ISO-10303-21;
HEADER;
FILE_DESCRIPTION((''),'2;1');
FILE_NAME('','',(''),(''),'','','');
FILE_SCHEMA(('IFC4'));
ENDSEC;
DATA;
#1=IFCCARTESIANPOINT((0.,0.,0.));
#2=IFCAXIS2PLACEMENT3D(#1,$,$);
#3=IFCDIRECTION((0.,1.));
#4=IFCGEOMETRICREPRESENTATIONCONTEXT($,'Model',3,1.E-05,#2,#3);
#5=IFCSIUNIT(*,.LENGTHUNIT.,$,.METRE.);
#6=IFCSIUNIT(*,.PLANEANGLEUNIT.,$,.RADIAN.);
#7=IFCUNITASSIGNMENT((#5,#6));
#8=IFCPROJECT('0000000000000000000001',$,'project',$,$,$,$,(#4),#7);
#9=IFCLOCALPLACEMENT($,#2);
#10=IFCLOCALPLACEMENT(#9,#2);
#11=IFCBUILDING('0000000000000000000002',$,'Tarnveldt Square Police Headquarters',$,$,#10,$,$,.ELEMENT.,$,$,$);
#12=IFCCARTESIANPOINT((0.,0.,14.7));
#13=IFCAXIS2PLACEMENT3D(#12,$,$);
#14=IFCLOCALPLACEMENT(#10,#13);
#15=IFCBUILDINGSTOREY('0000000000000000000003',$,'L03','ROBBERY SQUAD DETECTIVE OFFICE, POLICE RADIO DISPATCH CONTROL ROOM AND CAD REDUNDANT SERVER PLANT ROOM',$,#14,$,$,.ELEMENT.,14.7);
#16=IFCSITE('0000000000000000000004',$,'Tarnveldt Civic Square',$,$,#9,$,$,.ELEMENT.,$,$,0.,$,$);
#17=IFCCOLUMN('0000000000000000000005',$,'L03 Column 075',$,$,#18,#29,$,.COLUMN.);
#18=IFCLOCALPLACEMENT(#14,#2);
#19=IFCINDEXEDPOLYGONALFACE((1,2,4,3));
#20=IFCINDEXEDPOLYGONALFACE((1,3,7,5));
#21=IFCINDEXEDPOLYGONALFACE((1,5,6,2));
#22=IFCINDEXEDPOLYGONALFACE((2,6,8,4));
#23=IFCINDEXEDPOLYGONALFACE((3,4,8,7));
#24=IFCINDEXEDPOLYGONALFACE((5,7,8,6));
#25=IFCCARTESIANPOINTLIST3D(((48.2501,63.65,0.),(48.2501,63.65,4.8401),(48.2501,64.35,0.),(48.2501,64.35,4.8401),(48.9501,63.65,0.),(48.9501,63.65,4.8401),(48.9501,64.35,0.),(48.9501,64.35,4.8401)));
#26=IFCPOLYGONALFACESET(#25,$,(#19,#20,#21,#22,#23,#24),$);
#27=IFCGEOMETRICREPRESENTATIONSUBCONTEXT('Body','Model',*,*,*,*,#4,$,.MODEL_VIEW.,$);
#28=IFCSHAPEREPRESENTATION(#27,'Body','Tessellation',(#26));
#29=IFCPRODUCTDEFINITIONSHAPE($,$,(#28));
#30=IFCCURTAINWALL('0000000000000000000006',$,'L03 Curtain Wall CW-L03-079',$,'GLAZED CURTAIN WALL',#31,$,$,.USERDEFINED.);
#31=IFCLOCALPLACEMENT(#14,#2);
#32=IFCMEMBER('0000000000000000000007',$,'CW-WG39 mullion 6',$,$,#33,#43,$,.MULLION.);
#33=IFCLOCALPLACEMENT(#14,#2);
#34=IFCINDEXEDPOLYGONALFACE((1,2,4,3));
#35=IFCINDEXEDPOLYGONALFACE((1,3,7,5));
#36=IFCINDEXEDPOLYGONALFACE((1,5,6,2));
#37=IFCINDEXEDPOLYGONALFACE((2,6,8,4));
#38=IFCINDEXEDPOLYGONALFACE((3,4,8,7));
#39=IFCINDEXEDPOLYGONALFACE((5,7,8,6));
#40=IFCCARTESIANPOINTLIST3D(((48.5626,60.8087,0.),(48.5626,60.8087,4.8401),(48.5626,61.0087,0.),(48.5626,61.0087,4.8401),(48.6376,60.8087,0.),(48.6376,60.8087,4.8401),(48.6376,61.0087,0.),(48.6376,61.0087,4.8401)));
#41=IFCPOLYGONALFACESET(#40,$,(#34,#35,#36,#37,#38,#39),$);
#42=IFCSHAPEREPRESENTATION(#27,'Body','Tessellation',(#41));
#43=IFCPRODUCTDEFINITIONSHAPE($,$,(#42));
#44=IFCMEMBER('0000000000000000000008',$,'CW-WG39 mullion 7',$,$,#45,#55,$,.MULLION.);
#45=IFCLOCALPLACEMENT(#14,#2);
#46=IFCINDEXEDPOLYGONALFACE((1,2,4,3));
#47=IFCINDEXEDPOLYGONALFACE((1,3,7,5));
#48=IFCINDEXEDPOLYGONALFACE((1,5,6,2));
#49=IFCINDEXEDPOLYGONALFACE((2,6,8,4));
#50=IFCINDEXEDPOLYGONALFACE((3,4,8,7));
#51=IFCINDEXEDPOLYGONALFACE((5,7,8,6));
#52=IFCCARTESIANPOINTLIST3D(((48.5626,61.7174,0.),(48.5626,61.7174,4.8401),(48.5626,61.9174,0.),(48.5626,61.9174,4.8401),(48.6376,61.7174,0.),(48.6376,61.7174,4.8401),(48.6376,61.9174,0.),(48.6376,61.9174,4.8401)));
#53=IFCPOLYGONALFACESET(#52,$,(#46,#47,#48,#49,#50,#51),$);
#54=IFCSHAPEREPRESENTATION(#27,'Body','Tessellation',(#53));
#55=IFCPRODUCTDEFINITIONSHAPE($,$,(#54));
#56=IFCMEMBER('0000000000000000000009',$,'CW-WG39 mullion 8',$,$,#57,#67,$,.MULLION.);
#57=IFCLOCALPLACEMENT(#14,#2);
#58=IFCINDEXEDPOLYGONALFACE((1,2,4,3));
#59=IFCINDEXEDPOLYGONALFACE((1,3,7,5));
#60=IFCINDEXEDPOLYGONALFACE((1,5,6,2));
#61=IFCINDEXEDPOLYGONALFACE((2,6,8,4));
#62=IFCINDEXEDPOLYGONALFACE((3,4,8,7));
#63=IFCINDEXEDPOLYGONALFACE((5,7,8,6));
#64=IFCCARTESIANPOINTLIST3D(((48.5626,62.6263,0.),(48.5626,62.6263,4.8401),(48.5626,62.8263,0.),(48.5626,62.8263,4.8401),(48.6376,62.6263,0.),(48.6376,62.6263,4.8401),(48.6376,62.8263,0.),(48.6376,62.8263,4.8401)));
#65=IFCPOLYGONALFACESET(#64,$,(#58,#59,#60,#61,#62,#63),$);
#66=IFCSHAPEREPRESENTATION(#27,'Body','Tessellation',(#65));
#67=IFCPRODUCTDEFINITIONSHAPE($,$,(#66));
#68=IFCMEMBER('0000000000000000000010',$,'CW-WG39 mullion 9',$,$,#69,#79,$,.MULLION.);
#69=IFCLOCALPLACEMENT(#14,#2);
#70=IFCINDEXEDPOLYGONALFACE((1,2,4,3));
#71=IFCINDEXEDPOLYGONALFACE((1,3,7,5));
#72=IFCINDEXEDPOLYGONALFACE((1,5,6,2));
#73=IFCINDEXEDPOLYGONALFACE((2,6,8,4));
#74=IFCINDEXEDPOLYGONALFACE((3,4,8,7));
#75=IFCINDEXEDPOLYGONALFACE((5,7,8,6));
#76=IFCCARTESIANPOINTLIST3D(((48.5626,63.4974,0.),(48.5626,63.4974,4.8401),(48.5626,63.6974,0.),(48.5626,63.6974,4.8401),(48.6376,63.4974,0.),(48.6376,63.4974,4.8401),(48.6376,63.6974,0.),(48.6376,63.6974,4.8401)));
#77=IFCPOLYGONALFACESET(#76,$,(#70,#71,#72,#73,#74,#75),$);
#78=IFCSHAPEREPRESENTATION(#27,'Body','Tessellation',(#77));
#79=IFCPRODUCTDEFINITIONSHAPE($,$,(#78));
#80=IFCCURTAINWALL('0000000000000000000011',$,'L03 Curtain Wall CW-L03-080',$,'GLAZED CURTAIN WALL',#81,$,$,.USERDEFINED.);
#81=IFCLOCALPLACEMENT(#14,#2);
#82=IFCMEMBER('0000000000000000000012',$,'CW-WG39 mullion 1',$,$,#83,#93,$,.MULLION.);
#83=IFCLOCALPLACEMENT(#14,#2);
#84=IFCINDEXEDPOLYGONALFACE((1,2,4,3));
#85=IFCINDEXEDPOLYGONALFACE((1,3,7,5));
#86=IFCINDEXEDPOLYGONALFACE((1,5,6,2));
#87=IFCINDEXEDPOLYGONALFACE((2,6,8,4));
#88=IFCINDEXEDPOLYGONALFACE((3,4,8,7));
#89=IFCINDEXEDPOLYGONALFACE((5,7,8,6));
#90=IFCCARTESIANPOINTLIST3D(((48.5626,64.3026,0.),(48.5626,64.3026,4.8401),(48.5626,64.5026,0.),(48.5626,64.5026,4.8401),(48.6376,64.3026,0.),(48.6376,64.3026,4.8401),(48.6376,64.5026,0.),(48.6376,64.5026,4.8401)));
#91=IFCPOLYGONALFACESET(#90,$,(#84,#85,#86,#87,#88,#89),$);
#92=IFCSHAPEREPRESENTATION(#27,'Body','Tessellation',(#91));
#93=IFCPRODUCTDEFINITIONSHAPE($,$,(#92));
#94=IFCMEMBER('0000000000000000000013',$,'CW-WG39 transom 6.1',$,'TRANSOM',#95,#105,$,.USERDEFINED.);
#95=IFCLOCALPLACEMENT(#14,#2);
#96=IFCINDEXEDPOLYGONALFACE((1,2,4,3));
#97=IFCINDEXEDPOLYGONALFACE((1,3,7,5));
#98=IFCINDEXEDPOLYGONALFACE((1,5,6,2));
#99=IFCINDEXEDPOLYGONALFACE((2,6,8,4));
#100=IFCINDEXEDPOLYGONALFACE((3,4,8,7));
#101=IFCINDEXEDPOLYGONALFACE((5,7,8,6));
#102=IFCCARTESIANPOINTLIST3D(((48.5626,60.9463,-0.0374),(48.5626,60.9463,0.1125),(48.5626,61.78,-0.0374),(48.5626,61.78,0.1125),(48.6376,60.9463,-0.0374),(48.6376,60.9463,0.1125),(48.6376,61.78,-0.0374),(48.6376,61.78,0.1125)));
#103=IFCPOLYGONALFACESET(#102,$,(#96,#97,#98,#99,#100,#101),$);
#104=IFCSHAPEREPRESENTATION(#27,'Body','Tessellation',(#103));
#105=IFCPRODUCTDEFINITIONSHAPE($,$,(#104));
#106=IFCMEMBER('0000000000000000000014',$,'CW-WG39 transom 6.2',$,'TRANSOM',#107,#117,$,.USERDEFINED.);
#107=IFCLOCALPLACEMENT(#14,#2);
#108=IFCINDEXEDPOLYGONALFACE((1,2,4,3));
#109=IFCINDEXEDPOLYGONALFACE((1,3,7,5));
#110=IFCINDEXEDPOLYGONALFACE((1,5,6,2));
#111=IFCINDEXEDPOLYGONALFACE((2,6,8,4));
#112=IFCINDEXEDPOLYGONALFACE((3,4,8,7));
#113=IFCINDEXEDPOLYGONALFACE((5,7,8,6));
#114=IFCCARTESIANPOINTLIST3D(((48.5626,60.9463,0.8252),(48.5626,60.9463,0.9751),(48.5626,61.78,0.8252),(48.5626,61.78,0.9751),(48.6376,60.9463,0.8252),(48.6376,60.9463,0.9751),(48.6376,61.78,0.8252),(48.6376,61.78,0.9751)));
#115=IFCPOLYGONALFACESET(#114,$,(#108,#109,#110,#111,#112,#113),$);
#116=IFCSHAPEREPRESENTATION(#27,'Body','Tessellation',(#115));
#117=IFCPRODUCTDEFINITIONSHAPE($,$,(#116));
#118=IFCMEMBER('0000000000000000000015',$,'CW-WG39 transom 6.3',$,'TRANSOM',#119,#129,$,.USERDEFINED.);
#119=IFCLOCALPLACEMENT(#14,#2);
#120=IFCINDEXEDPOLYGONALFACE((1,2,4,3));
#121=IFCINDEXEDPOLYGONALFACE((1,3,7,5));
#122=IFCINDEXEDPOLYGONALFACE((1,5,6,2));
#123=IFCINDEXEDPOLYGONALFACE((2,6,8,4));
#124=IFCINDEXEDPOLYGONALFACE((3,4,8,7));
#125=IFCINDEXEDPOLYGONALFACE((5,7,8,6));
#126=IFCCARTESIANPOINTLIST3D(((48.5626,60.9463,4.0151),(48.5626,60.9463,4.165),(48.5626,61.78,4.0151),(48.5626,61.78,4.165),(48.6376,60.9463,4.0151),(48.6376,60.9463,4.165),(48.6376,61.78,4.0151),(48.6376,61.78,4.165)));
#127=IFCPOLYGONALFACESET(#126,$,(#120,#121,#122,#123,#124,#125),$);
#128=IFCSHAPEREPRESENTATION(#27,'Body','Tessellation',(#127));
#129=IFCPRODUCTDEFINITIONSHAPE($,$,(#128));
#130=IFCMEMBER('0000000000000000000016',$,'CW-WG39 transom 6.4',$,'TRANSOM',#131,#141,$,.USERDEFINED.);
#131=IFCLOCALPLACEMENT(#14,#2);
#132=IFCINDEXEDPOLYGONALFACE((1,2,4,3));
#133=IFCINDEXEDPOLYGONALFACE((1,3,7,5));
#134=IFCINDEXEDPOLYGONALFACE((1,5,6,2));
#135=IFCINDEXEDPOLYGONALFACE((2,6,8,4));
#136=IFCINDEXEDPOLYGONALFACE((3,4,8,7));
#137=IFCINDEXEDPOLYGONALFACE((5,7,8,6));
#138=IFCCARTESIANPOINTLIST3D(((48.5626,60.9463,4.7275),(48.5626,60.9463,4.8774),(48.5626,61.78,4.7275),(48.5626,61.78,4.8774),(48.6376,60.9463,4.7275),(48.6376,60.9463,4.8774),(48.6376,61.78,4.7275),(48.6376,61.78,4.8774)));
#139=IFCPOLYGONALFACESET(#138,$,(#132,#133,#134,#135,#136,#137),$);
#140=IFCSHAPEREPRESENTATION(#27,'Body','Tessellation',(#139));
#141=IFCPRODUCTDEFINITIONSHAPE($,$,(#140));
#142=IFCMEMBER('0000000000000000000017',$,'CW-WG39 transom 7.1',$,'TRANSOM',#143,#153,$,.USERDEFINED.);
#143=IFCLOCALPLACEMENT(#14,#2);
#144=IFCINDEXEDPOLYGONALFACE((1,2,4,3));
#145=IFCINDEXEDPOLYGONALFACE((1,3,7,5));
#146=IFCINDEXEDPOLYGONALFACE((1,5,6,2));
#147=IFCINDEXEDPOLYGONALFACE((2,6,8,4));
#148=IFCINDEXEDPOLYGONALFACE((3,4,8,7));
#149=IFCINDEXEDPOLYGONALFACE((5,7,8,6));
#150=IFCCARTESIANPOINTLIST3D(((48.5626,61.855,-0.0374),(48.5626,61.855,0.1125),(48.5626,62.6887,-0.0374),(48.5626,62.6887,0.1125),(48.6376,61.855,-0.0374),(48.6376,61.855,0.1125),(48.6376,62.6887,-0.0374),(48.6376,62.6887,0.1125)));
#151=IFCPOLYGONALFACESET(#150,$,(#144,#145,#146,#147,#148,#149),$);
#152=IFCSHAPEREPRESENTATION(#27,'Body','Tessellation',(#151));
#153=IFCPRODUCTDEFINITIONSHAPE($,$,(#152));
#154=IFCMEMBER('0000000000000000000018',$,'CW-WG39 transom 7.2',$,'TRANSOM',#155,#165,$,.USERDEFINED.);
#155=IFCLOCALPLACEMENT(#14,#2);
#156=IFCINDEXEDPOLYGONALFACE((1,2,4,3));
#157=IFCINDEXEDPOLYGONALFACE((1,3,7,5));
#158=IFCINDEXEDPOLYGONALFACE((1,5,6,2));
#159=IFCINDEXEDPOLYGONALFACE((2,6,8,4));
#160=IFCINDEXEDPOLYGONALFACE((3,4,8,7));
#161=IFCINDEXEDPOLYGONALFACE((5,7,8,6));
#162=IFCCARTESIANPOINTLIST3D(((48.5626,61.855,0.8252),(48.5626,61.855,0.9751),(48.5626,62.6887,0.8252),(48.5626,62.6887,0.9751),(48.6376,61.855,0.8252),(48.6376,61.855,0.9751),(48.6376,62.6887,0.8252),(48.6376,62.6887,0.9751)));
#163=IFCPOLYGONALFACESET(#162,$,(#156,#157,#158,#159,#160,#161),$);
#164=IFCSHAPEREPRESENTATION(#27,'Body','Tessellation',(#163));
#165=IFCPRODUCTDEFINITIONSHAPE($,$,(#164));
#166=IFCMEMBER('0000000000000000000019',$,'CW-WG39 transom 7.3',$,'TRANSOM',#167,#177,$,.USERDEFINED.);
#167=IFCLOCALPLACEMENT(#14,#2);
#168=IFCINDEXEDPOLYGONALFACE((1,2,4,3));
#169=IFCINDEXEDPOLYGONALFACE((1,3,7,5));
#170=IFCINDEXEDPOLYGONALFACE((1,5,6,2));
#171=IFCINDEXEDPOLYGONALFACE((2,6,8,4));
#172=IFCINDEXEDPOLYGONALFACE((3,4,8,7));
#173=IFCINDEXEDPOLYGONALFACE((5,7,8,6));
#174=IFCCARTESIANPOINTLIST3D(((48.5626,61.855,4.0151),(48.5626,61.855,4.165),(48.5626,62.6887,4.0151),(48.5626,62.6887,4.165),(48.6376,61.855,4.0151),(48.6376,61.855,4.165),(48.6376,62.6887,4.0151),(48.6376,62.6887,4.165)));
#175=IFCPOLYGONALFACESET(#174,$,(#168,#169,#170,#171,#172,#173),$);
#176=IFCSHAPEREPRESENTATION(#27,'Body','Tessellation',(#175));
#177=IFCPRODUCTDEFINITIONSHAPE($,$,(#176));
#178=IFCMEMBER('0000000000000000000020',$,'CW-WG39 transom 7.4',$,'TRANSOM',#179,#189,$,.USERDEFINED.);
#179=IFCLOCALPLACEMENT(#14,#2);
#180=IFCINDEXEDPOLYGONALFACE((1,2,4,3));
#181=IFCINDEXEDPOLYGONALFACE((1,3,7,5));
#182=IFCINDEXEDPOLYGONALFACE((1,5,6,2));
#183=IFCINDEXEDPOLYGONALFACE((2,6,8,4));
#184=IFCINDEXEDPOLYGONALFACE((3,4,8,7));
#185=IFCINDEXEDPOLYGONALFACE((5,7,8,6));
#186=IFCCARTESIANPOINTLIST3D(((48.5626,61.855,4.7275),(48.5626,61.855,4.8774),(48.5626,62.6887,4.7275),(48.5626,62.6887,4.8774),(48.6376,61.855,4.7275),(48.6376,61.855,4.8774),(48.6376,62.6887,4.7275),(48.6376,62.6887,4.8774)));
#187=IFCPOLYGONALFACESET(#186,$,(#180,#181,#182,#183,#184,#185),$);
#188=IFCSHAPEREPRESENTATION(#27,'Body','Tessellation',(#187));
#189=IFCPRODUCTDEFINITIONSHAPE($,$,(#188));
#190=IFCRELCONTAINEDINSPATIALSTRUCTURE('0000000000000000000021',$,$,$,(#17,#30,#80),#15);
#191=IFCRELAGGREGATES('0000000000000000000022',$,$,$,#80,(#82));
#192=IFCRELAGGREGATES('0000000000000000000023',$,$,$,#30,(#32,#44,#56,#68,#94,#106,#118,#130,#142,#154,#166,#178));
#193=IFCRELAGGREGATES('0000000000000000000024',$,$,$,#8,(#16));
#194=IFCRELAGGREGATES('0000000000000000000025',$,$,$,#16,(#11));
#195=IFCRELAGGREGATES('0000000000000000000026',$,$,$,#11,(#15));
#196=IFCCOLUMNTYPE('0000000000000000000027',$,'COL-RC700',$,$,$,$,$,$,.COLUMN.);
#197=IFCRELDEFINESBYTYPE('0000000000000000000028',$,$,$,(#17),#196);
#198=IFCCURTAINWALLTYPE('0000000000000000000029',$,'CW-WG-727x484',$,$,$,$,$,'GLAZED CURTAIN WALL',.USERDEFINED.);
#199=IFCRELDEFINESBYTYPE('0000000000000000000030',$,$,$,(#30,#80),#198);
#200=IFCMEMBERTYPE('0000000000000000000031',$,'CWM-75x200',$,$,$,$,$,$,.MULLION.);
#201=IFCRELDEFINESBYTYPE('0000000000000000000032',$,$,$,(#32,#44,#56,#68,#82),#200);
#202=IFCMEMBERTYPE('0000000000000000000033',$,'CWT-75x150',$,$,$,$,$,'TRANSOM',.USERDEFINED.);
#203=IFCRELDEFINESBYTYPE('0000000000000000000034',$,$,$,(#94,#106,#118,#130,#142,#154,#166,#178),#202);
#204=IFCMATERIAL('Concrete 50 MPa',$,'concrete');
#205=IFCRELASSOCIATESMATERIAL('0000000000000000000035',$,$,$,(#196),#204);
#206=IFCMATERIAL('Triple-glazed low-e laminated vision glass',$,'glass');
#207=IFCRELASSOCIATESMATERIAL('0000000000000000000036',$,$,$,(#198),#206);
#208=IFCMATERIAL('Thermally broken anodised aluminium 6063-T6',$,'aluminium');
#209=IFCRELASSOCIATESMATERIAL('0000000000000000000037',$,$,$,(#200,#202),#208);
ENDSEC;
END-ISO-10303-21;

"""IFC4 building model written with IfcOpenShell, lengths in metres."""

from ifc_helpers import new_model, si_unit, direction, frame, origin, origin_2d, place, context, subcontext, project, spatial, rectangle, extrude, material, material_profile, profile_set, type_object, element, aggregate, save


model = new_model("IFC4")

# Units and contexts
model_context = context("Model", 3, precision=1e-05, world=origin(), true_north=direction((0.0, 1.0)))
body_context = subcontext(model_context, "Body", "Model", "MODEL_VIEW")
ifc_project = project(units=[si_unit("LENGTHUNIT", "METRE"), si_unit("PLANEANGLEUNIT", "RADIAN")], contexts=[model_context])

# Site, building, storey
site_placement = place(None, origin())
site = spatial("IfcSite", under=ifc_project, at=site_placement, Name="Tarnveldt Civic Square", CompositionType="ELEMENT", RefElevation=0.0)
building_placement = place(site_placement, origin())
building = spatial("IfcBuilding", under=site, at=building_placement, Name="Tarnveldt Square Police Headquarters", CompositionType="ELEMENT")
storey_placement = place(building_placement, frame((0.0, 0.0, 14.7)))
storey = spatial("IfcBuildingStorey", under=building, at=storey_placement, Name="L03", Description="ROBBERY SQUAD DETECTIVE OFFICE, POLICE RADIO DISPATCH CONTROL ROOM AND CAD REDUNDANT SERVER PLANT ROOM", CompositionType="ELEMENT", Elevation=14.7)

# Column
ifc_material_1 = material(Name="Concrete 50 MPa", Category="concrete")
ifc_material_profile_1 = material_profile(ifc_material_1, rectangle(XDim=0.7, YDim=0.7, at=origin_2d()), Name="RC-C700x700")
ifc_profile_set_1 = profile_set([ifc_material_profile_1], Name="Concrete 50 MPa")
column_type = type_object("IfcColumnType", Name="COL-RC700", PredefinedType="COLUMN", material=ifc_profile_set_1)
column_placement = place(storey_placement, frame((48.6001, 64.0, 0.0), z_axis=(0.0, 0.0, 1.0), x_axis=(1.0, 0.0, 0.0)))
element("IfcColumn", 1, at=column_placement, inside=storey, type_object=column_type, Name="L03 Column 075", PredefinedType="COLUMN", context=body_context, shape_type="SweptSolid", body=[
    extrude(rectangle(XDim=0.7, YDim=0.7, at=origin_2d()), origin(), (0.0, 0.0, 1.0), 4.8401),
])

# Curtain wall, members
ifc_material_2 = material(Name="Triple-glazed low-e laminated vision glass", Category="glass")
curtain_wall_type = type_object("IfcCurtainWallType", Name="CW-WG-727x484", ElementType="GLAZED CURTAIN WALL", PredefinedType="USERDEFINED", material=ifc_material_2)
curtain_wall_1_placement = place(storey_placement, origin())
curtain_wall_1 = element("IfcCurtainWall", 2, at=curtain_wall_1_placement, inside=storey, type_object=curtain_wall_type, Name="L03 Curtain Wall CW-L03-079", ObjectType="GLAZED CURTAIN WALL", PredefinedType="USERDEFINED")
ifc_material_3 = material(Name="Thermally broken anodised aluminium 6063-T6", Category="aluminium")
ifc_material_profile_2 = material_profile(ifc_material_3, rectangle(XDim=0.075, YDim=0.2, at=origin_2d()), Name="CW-M75x200")
ifc_profile_set_2 = profile_set([ifc_material_profile_2], Name="Thermally broken anodised aluminium 6063-T6")
member_type_1 = type_object("IfcMemberType", Name="CWM-75x200", PredefinedType="MULLION", material=ifc_profile_set_2)
member_1_placement = place(storey_placement, frame((48.6001, 60.9087, 0.0), z_axis=(0.0, 0.0, 1.0), x_axis=(-1.0, 0.0, 0.0)))
member_1 = element("IfcMember", 3, at=member_1_placement, type_object=member_type_1, Name="CW-WG39 mullion 6", PredefinedType="MULLION", context=body_context, shape_type="SweptSolid", body=[
    extrude(rectangle(XDim=0.075, YDim=0.2, at=origin_2d()), origin(), (0.0, 0.0, 1.0), 4.8401),
])
member_2_placement = place(storey_placement, frame((48.6001, 61.8174, 0.0), z_axis=(0.0, 0.0, 1.0), x_axis=(-1.0, 0.0, 0.0)))
member_2 = element("IfcMember", 4, at=member_2_placement, type_object=member_type_1, Name="CW-WG39 mullion 7", PredefinedType="MULLION", context=body_context, shape_type="SweptSolid", body=[
    extrude(rectangle(XDim=0.075, YDim=0.2, at=origin_2d()), origin(), (0.0, 0.0, 1.0), 4.8401),
])
member_3_placement = place(storey_placement, frame((48.6001, 62.7263, 0.0), z_axis=(0.0, 0.0, 1.0), x_axis=(-1.0, 0.0, 0.0)))
member_3 = element("IfcMember", 5, at=member_3_placement, type_object=member_type_1, Name="CW-WG39 mullion 8", PredefinedType="MULLION", context=body_context, shape_type="SweptSolid", body=[
    extrude(rectangle(XDim=0.075, YDim=0.2, at=origin_2d()), origin(), (0.0, 0.0, 1.0), 4.8401),
])
member_4_placement = place(storey_placement, frame((48.6001, 63.5974, 0.0), z_axis=(0.0, 0.0, 1.0), x_axis=(-1.0, 0.0, 0.0)))
member_4 = element("IfcMember", 6, at=member_4_placement, type_object=member_type_1, Name="CW-WG39 mullion 9", PredefinedType="MULLION", context=body_context, shape_type="SweptSolid", body=[
    extrude(rectangle(XDim=0.075, YDim=0.2, at=origin_2d()), origin(), (0.0, 0.0, 1.0), 4.8401),
])

# Curtain wall, member
curtain_wall_2_placement = place(storey_placement, origin())
curtain_wall_2 = element("IfcCurtainWall", 7, at=curtain_wall_2_placement, inside=storey, type_object=curtain_wall_type, Name="L03 Curtain Wall CW-L03-080", ObjectType="GLAZED CURTAIN WALL", PredefinedType="USERDEFINED")
member_5_placement = place(storey_placement, frame((48.6001, 64.4026, 0.0), z_axis=(0.0, 0.0, 1.0), x_axis=(-1.0, 0.0, 0.0)))
member_5 = element("IfcMember", 8, at=member_5_placement, type_object=member_type_1, Name="CW-WG39 mullion 1", PredefinedType="MULLION", context=body_context, shape_type="SweptSolid", body=[
    extrude(rectangle(XDim=0.075, YDim=0.2, at=origin_2d()), origin(), (0.0, 0.0, 1.0), 4.8401),
])

# Members
ifc_material_profile_3 = material_profile(ifc_material_3, rectangle(XDim=0.075, YDim=0.1499, at=origin_2d()), Name="CW-T75x150")
ifc_profile_set_3 = profile_set([ifc_material_profile_3], Name="Thermally broken anodised aluminium 6063-T6")
member_type_2 = type_object("IfcMemberType", Name="CWT-75x150", ElementType="TRANSOM", PredefinedType="USERDEFINED", material=ifc_profile_set_3)
member_6_placement = place(storey_placement, frame((48.6001, 60.9463, 0.0376), z_axis=(0.0, 1.0, 0.0), x_axis=(-1.0, 0.0, 0.0)))
member_6 = element("IfcMember", 9, at=member_6_placement, type_object=member_type_2, Name="CW-WG39 transom 6.1", ObjectType="TRANSOM", PredefinedType="USERDEFINED", context=body_context, shape_type="SweptSolid", body=[
    extrude(rectangle(XDim=0.075, YDim=0.1499, at=origin_2d()), origin(), (0.0, 0.0, 1.0), 0.8337),
])
member_7_placement = place(storey_placement, frame((48.6001, 60.9463, 0.9001), z_axis=(0.0, 1.0, 0.0), x_axis=(-1.0, 0.0, 0.0)))
member_7 = element("IfcMember", 10, at=member_7_placement, type_object=member_type_2, Name="CW-WG39 transom 6.2", ObjectType="TRANSOM", PredefinedType="USERDEFINED", context=body_context, shape_type="SweptSolid", body=[
    extrude(rectangle(XDim=0.075, YDim=0.1499, at=origin_2d()), origin(), (0.0, 0.0, 1.0), 0.8337),
])
member_8_placement = place(storey_placement, frame((48.6001, 60.9463, 4.0901), z_axis=(0.0, 1.0, 0.0), x_axis=(-1.0, 0.0, 0.0)))
member_8 = element("IfcMember", 11, at=member_8_placement, type_object=member_type_2, Name="CW-WG39 transom 6.3", ObjectType="TRANSOM", PredefinedType="USERDEFINED", context=body_context, shape_type="SweptSolid", body=[
    extrude(rectangle(XDim=0.075, YDim=0.1499, at=origin_2d()), origin(), (0.0, 0.0, 1.0), 0.8337),
])
member_9_placement = place(storey_placement, frame((48.6001, 60.9463, 4.8025), z_axis=(0.0, 1.0, 0.0), x_axis=(-1.0, 0.0, 0.0)))
member_9 = element("IfcMember", 12, at=member_9_placement, type_object=member_type_2, Name="CW-WG39 transom 6.4", ObjectType="TRANSOM", PredefinedType="USERDEFINED", context=body_context, shape_type="SweptSolid", body=[
    extrude(rectangle(XDim=0.075, YDim=0.1499, at=origin_2d()), origin(), (0.0, 0.0, 1.0), 0.8337),
])
member_10_placement = place(storey_placement, frame((48.6001, 61.855, 0.0376), z_axis=(0.0, 1.0, 0.0), x_axis=(-1.0, 0.0, 0.0)))
member_10 = element("IfcMember", 13, at=member_10_placement, type_object=member_type_2, Name="CW-WG39 transom 7.1", ObjectType="TRANSOM", PredefinedType="USERDEFINED", context=body_context, shape_type="SweptSolid", body=[
    extrude(rectangle(XDim=0.075, YDim=0.1499, at=origin_2d()), origin(), (0.0, 0.0, 1.0), 0.8337),
])
member_11_placement = place(storey_placement, frame((48.6001, 61.855, 0.9001), z_axis=(0.0, 1.0, 0.0), x_axis=(-1.0, 0.0, 0.0)))
member_11 = element("IfcMember", 14, at=member_11_placement, type_object=member_type_2, Name="CW-WG39 transom 7.2", ObjectType="TRANSOM", PredefinedType="USERDEFINED", context=body_context, shape_type="SweptSolid", body=[
    extrude(rectangle(XDim=0.075, YDim=0.1499, at=origin_2d()), origin(), (0.0, 0.0, 1.0), 0.8337),
])
member_12_placement = place(storey_placement, frame((48.6001, 61.855, 4.0901), z_axis=(0.0, 1.0, 0.0), x_axis=(-1.0, 0.0, 0.0)))
member_12 = element("IfcMember", 15, at=member_12_placement, type_object=member_type_2, Name="CW-WG39 transom 7.3", ObjectType="TRANSOM", PredefinedType="USERDEFINED", context=body_context, shape_type="SweptSolid", body=[
    extrude(rectangle(XDim=0.075, YDim=0.1499, at=origin_2d()), origin(), (0.0, 0.0, 1.0), 0.8337),
])
member_13_placement = place(storey_placement, frame((48.6001, 61.855, 4.8025), z_axis=(0.0, 1.0, 0.0), x_axis=(-1.0, 0.0, 0.0)))
member_13 = element("IfcMember", 16, at=member_13_placement, type_object=member_type_2, Name="CW-WG39 transom 7.4", ObjectType="TRANSOM", PredefinedType="USERDEFINED", context=body_context, shape_type="SweptSolid", body=[
    extrude(rectangle(XDim=0.075, YDim=0.1499, at=origin_2d()), origin(), (0.0, 0.0, 1.0), 0.8337),
])
aggregate(curtain_wall_2, [member_5])

aggregate(curtain_wall_1, [member_1, member_2, member_3, member_4, member_6, member_7, member_8, member_9, member_10, member_11, member_12, member_13])

save(model, "model.ifc")
